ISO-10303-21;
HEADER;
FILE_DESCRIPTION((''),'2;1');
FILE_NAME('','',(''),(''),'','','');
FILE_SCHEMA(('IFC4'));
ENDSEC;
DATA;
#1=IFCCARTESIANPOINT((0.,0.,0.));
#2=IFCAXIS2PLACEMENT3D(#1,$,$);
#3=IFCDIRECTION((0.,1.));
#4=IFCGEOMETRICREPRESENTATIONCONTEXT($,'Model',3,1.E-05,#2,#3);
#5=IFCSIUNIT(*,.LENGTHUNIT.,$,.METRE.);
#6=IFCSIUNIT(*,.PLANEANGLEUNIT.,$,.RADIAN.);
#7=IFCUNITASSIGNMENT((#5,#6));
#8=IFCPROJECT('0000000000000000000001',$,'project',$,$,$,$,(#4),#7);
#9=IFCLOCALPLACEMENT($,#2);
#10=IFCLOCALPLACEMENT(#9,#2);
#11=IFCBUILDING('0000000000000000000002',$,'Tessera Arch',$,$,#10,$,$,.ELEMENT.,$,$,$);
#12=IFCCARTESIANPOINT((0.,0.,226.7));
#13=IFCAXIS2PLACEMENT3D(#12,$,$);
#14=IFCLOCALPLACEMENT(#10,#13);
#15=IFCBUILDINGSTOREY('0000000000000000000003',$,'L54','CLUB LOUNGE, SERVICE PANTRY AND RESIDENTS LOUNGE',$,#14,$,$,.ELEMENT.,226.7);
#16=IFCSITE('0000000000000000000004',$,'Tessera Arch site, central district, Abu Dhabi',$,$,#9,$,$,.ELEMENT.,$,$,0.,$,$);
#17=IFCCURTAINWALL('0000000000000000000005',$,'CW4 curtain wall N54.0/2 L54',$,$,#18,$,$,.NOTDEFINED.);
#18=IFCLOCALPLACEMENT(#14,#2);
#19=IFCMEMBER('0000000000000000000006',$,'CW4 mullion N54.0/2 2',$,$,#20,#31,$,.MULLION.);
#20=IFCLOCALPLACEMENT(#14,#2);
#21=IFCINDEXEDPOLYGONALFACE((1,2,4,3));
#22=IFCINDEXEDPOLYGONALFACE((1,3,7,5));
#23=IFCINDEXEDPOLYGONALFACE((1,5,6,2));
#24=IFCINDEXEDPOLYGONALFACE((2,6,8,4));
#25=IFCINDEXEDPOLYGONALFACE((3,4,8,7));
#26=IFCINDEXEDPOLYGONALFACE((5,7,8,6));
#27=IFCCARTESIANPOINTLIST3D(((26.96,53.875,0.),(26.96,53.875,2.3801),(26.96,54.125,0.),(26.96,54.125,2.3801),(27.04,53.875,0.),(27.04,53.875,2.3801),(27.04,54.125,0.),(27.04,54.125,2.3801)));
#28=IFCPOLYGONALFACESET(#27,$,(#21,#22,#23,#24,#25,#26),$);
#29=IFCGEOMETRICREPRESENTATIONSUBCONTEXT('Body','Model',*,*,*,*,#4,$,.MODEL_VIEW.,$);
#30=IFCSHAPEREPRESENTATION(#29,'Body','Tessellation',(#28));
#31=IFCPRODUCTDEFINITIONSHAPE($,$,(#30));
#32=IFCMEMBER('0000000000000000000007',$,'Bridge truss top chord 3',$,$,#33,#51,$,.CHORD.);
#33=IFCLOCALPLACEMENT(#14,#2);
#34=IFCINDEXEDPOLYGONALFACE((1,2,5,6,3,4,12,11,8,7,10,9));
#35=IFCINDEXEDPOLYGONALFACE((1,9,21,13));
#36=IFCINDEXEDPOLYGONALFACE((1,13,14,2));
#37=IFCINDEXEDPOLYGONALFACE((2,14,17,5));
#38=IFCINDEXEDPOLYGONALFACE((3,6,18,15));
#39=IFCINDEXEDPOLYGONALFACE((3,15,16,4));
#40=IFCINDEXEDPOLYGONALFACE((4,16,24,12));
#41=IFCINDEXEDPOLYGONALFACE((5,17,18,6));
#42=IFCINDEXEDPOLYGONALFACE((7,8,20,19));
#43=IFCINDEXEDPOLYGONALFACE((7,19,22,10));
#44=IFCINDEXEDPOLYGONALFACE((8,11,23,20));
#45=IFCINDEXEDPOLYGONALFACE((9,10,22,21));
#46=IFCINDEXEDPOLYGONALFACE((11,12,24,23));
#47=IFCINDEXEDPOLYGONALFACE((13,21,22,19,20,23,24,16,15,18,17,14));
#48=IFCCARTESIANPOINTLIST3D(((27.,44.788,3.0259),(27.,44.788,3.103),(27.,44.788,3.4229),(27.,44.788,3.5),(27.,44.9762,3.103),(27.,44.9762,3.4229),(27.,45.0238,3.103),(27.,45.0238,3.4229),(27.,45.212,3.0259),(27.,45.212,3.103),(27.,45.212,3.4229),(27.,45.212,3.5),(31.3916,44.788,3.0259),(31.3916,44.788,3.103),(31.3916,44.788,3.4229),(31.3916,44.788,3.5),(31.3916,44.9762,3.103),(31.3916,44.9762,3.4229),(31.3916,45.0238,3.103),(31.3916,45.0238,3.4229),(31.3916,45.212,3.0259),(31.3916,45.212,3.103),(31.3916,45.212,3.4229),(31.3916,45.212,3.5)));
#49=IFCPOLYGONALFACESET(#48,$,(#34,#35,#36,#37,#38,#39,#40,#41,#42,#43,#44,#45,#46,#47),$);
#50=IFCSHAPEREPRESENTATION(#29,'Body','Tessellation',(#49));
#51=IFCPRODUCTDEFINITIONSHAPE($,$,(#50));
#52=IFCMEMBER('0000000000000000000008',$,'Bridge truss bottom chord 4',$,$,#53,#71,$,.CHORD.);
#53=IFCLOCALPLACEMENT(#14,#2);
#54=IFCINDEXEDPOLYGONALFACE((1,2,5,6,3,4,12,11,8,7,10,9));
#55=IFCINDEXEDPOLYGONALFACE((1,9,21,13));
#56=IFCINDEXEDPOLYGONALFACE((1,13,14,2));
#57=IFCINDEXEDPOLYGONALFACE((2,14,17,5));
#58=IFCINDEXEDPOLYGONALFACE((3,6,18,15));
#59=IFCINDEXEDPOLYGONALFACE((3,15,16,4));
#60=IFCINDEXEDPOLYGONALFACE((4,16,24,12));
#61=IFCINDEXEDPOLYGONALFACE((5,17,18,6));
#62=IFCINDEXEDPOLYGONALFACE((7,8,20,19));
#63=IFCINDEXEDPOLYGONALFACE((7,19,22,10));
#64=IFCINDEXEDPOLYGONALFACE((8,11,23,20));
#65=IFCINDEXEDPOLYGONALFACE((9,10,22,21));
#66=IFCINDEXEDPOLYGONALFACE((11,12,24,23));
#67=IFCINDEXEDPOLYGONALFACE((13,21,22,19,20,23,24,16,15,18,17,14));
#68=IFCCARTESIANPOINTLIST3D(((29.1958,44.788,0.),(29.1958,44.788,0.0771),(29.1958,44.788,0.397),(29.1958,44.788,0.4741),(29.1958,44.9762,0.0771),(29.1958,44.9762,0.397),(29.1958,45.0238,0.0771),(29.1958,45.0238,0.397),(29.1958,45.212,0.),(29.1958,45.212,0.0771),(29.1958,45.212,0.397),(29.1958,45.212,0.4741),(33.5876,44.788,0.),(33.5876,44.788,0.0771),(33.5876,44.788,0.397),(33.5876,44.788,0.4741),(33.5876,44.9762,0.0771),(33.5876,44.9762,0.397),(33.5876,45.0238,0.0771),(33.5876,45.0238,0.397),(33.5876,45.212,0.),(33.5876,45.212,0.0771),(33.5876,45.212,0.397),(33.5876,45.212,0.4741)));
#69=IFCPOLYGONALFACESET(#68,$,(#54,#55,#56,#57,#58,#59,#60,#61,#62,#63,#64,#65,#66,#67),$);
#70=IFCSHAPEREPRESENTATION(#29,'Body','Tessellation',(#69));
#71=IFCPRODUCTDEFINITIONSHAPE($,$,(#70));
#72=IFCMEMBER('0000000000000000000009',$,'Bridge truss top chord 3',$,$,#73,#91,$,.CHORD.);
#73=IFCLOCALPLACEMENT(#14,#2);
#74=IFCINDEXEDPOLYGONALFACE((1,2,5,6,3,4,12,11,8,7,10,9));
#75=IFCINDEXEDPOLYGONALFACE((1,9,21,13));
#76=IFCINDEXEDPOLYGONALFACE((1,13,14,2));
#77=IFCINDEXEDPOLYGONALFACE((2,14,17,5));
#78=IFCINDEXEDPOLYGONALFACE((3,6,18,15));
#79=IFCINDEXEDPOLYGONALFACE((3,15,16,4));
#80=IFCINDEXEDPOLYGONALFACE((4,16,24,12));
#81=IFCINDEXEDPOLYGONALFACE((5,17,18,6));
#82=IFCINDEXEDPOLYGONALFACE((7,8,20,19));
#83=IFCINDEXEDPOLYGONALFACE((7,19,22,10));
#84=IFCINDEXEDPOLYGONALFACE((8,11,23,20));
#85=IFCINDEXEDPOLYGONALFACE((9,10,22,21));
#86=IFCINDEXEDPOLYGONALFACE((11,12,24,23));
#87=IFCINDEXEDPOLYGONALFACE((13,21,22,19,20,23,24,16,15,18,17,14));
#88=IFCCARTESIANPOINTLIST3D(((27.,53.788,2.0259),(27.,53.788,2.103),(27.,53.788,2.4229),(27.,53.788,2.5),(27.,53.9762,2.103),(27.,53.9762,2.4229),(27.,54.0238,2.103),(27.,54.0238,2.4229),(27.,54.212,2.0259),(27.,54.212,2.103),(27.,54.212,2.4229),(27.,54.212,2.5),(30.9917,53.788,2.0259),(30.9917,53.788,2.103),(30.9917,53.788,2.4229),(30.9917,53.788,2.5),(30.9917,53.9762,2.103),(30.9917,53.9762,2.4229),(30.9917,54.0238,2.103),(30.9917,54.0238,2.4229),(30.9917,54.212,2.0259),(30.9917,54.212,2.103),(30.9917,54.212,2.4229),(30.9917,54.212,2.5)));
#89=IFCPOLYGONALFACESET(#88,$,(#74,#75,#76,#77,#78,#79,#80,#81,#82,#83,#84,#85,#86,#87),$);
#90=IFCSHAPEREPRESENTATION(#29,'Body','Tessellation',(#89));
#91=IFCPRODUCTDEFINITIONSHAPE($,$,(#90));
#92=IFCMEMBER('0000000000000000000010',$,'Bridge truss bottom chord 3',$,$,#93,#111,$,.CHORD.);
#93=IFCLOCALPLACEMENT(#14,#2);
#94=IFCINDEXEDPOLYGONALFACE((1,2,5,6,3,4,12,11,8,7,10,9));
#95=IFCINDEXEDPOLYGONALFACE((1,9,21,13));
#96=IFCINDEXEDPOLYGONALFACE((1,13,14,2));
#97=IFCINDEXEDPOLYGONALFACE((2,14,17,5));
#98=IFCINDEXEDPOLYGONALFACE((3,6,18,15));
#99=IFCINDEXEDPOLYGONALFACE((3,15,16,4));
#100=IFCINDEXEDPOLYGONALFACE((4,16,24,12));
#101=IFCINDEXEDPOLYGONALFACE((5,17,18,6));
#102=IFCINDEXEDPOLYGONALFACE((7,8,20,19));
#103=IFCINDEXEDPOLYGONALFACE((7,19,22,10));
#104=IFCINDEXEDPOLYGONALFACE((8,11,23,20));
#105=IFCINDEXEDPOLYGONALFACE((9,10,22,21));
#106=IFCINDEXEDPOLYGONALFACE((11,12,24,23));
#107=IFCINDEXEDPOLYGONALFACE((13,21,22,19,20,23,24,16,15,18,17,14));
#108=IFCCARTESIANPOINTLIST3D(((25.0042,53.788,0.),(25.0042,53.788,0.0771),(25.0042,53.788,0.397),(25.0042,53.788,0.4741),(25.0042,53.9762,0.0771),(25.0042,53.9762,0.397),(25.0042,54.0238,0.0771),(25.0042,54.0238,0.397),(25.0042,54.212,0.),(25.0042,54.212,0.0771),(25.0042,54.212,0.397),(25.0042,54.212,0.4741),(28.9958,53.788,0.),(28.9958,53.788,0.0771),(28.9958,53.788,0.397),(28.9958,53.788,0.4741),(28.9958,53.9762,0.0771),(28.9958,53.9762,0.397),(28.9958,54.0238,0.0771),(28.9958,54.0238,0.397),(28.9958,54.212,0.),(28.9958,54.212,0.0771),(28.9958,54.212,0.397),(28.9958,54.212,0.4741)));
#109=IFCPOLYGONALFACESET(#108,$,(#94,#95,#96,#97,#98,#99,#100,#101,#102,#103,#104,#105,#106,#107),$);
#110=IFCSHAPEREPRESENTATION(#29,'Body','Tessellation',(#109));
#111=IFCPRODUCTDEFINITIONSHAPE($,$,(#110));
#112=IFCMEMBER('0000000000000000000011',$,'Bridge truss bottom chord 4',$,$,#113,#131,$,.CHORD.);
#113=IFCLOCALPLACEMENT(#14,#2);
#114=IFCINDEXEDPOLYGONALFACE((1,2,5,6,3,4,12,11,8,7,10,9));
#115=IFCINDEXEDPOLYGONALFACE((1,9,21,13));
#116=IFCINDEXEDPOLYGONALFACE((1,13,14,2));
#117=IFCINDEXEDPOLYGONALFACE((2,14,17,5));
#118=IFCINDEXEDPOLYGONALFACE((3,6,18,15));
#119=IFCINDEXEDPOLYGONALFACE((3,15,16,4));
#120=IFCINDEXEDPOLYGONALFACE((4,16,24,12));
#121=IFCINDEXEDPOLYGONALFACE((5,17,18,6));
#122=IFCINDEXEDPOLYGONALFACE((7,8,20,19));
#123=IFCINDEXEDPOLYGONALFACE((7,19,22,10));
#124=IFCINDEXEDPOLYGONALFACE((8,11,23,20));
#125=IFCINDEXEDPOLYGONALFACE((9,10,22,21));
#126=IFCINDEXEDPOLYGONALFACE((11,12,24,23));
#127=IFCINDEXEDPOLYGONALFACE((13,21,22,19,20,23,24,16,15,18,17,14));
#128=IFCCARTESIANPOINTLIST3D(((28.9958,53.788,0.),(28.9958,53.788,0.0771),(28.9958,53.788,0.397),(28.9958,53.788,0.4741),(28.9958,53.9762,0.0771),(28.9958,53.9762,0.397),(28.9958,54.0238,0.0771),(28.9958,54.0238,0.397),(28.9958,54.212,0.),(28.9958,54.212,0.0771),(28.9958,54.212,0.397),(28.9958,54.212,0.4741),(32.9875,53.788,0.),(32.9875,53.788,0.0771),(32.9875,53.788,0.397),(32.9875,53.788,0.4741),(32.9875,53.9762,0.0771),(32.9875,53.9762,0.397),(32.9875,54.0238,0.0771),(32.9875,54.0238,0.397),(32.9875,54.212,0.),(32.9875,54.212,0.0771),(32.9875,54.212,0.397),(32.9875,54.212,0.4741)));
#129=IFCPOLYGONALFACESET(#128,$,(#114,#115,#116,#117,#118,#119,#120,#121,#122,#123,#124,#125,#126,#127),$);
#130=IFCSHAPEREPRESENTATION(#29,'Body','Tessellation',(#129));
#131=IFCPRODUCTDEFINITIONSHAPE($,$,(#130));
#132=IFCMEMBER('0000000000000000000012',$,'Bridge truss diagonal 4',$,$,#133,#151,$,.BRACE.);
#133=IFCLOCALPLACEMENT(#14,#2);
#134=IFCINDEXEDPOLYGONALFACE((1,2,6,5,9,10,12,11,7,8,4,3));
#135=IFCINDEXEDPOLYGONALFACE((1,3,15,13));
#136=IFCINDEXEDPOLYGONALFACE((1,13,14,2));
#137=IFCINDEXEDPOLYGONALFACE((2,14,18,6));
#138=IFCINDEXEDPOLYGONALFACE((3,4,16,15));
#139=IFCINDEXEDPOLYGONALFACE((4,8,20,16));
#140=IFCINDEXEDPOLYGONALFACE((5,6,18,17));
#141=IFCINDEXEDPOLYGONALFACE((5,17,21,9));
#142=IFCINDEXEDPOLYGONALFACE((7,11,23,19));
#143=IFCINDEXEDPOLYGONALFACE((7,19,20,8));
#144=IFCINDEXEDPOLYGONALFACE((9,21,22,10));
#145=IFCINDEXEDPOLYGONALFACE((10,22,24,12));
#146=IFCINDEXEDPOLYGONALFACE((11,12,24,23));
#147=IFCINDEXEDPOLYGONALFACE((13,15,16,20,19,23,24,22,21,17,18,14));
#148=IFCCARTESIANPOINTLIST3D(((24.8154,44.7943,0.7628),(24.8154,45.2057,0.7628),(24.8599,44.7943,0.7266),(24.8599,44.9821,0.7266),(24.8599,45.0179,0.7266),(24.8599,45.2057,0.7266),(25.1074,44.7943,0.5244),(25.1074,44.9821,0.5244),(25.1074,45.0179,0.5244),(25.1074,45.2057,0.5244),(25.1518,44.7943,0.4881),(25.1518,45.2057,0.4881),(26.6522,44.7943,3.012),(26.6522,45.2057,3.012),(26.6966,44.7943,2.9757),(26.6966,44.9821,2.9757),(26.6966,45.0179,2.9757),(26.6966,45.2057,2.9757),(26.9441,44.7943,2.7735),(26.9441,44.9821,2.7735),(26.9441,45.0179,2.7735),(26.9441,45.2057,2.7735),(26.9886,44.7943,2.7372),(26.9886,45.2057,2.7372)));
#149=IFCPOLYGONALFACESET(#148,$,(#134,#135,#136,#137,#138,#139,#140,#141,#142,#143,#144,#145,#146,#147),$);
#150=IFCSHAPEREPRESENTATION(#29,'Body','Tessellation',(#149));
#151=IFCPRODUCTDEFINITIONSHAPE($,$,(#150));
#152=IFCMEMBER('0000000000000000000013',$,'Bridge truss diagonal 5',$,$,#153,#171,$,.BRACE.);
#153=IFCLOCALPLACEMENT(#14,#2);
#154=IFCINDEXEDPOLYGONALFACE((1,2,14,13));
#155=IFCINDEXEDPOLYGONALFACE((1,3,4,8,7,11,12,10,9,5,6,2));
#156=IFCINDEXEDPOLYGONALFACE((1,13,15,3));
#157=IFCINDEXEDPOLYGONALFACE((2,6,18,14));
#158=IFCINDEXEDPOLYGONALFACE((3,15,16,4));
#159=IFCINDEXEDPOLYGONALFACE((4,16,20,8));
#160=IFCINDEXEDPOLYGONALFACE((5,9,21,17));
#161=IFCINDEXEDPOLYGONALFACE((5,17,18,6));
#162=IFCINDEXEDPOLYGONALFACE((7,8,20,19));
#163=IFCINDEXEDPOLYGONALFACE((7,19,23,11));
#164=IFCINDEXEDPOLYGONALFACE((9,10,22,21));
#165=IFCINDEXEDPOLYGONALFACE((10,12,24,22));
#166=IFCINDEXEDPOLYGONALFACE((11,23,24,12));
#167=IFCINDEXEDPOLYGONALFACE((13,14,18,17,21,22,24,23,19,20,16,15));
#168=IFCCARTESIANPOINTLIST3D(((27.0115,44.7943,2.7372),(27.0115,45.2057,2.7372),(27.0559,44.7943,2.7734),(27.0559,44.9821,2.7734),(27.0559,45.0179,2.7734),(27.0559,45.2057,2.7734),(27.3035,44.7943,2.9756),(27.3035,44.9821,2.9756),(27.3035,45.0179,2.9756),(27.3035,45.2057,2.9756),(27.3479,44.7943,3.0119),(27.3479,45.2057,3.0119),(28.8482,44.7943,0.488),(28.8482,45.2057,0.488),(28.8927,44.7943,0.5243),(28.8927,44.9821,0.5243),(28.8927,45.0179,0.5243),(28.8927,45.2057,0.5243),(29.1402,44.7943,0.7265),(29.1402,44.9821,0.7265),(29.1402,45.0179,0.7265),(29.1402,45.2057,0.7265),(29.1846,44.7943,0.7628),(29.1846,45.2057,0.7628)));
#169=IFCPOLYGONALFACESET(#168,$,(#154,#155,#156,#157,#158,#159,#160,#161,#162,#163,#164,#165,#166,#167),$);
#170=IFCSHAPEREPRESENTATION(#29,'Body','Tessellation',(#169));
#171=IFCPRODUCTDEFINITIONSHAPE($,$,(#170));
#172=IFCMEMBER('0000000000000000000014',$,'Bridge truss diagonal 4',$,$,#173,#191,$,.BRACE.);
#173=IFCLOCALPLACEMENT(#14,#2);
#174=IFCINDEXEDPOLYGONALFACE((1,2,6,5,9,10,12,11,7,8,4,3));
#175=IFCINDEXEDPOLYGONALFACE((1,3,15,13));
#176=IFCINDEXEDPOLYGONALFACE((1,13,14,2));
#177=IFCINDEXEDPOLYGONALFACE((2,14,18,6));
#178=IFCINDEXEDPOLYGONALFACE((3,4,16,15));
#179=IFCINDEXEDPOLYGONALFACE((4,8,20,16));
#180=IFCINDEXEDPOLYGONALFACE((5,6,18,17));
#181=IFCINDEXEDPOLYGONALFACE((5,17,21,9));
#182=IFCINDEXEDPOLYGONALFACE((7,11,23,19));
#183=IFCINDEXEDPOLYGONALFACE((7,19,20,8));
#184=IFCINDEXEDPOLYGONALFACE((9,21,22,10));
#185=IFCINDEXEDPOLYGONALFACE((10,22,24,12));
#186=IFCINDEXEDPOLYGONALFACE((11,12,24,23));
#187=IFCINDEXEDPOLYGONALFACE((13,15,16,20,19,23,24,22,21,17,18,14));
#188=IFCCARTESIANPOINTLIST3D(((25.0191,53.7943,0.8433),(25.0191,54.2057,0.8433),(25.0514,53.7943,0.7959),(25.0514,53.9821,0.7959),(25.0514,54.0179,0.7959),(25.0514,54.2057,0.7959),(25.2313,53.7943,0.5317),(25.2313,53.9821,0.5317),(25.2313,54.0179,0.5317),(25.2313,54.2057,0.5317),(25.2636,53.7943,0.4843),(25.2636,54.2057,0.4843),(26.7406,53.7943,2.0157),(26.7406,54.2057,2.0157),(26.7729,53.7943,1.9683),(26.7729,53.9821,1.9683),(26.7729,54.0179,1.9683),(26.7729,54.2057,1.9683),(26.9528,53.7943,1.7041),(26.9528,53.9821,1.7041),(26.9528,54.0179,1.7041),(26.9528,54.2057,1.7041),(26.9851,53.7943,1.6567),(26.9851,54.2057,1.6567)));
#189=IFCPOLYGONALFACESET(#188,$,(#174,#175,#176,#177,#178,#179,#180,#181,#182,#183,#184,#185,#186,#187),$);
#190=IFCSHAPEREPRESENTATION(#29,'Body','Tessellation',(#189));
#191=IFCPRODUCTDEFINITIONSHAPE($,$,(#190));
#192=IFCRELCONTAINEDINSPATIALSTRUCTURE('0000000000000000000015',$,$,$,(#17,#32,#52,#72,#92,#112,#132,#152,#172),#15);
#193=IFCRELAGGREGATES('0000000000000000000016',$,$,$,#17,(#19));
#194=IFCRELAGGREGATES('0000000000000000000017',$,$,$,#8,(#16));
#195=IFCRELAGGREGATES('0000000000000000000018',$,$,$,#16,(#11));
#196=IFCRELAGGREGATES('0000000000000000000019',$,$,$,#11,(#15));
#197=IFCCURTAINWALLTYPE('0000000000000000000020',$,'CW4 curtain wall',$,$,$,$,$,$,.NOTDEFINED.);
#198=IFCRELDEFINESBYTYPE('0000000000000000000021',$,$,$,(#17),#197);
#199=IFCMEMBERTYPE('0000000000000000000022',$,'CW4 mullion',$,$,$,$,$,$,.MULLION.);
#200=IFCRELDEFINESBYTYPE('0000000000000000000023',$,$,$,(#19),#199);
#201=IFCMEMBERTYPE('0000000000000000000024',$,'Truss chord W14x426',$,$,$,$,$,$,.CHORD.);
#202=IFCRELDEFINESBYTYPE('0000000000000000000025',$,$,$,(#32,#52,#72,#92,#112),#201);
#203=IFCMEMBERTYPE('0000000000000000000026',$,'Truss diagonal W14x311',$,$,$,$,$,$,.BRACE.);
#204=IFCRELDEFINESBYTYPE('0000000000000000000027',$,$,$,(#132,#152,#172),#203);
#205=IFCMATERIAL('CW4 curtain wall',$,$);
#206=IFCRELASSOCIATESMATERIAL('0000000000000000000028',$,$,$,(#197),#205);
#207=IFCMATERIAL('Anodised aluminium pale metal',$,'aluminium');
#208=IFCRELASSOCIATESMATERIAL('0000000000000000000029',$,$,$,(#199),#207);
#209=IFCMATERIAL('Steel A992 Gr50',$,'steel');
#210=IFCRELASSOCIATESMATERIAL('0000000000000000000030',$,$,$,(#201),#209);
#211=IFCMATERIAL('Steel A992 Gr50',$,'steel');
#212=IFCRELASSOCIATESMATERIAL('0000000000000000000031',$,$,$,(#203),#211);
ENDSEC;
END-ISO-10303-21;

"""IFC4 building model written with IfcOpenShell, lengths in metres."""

from ifc_helpers import new_model, si_unit, direction, frame, origin, origin_2d, place, context, subcontext, project, spatial, rectangle, i_section, extrude, material, material_profile, profile_set, type_object, element, aggregate, save


model = new_model("IFC4")

# Units and contexts
model_context = context("Model", 3, precision=1e-05, world=origin(), true_north=direction((0.0, 1.0)))
body_context = subcontext(model_context, "Body", "Model", "MODEL_VIEW")
ifc_project = project(units=[si_unit("LENGTHUNIT", "METRE"), si_unit("PLANEANGLEUNIT", "RADIAN")], contexts=[model_context])

# Site, building, storey
site_placement = place(None, origin())
site = spatial("IfcSite", under=ifc_project, at=site_placement, Name="Tessera Arch site, central district, Abu Dhabi", CompositionType="ELEMENT", RefElevation=0.0)
building_placement = place(site_placement, origin())
building = spatial("IfcBuilding", under=site, at=building_placement, Name="Tessera Arch", CompositionType="ELEMENT")
storey_placement = place(building_placement, frame((0.0, 0.0, 226.7)))
storey = spatial("IfcBuildingStorey", under=building, at=storey_placement, Name="L54", Description="CLUB LOUNGE, SERVICE PANTRY AND RESIDENTS LOUNGE", CompositionType="ELEMENT", Elevation=226.7)

# Curtain wall, member
ifc_material_1 = material(Name="CW4 curtain wall")
curtain_wall_type = type_object("IfcCurtainWallType", Name="CW4 curtain wall", PredefinedType="NOTDEFINED", material=ifc_material_1)
curtain_wall_placement = place(storey_placement, origin())
curtain_wall = element("IfcCurtainWall", 1, at=curtain_wall_placement, inside=storey, type_object=curtain_wall_type, Name="CW4 curtain wall N54.0/2 L54", PredefinedType="NOTDEFINED")
ifc_material_2 = material(Name="Anodised aluminium pale metal", Category="aluminium")
ifc_material_profile_1 = material_profile(ifc_material_2, rectangle(XDim=0.25, YDim=0.0801, at=origin_2d()), Name="AL 80x250")
ifc_profile_set_1 = profile_set([ifc_material_profile_1], Name="Anodised aluminium pale metal")
member_type_1 = type_object("IfcMemberType", Name="CW4 mullion", PredefinedType="MULLION", material=ifc_profile_set_1)
member_1_placement = place(storey_placement, frame((27.0, 54.0, 0.0), z_axis=(0.0, 0.0, 1.0), x_axis=(0.0, -1.0, 0.0)))
member_1 = element("IfcMember", 2, at=member_1_placement, type_object=member_type_1, Name="CW4 mullion N54.0/2 2", PredefinedType="MULLION", context=body_context, shape_type="SweptSolid", body=[
    extrude(rectangle(XDim=0.25, YDim=0.0801, at=origin_2d()), origin(), (0.0, 0.0, 1.0), 2.3801),
])

# Members
ifc_material_3 = material(Name="Steel A992 Gr50", Category="steel")
ifc_material_profile_2 = material_profile(ifc_material_3, i_section(OverallWidth=0.4241, OverallDepth=0.4741, WebThickness=0.0476, FlangeThickness=0.0771, at=origin_2d()), Name="W14x426")
ifc_profile_set_2 = profile_set([ifc_material_profile_2], Name="Steel A992 Gr50")
member_type_2 = type_object("IfcMemberType", Name="Truss chord W14x426", PredefinedType="CHORD", material=ifc_profile_set_2)
member_2_placement = place(storey_placement, frame((27.0, 45.0, 3.2629), z_axis=(1.0, 0.0, 0.0), x_axis=(0.0, 1.0, 0.0)))
element("IfcMember", 3, at=member_2_placement, inside=storey, type_object=member_type_2, Name="Bridge truss top chord 3", PredefinedType="CHORD", context=body_context, shape_type="SweptSolid", body=[
    extrude(i_section(OverallWidth=0.4241, OverallDepth=0.4741, WebThickness=0.0476, FlangeThickness=0.0771, at=origin_2d()), origin(), (0.0, 0.0, 1.0), 4.3916),
])
member_3_placement = place(storey_placement, frame((29.1958, 45.0, 0.2371), z_axis=(1.0, 0.0, 0.0), x_axis=(0.0, 1.0, 0.0)))
element("IfcMember", 4, at=member_3_placement, inside=storey, type_object=member_type_2, Name="Bridge truss bottom chord 4", PredefinedType="CHORD", context=body_context, shape_type="SweptSolid", body=[
    extrude(i_section(OverallWidth=0.4241, OverallDepth=0.4741, WebThickness=0.0476, FlangeThickness=0.0771, at=origin_2d()), origin(), (0.0, 0.0, 1.0), 4.3918),
])
for number, where, z_axis, x_axis, name in (
    (5, (27.0, 54.0, 2.2629), (1.0, 0.0, 0.0), (0.0, 1.0, 0.0), "Bridge truss top chord 3"),
    (6, (25.0042, 54.0, 0.2371), (1.0, 0.0, 0.0), (0.0, 1.0, 0.0), "Bridge truss bottom chord 3"),
    (7, (28.9958, 54.0, 0.2371), (1.0, 0.0, 0.0), (0.0, 1.0, 0.0), "Bridge truss bottom chord 4"),
):
    element("IfcMember", number, at=place(storey_placement, frame(where, z_axis=z_axis, x_axis=x_axis)), inside=storey, type_object=member_type_2, Name=name, PredefinedType="CHORD", context=body_context, shape_type="SweptSolid", body=[
        extrude(i_section(OverallWidth=0.4241, OverallDepth=0.4741, WebThickness=0.0476, FlangeThickness=0.0771, at=origin_2d()), origin(), (0.0, 0.0, 1.0), 3.9917),
    ])
ifc_material_4 = material(Name="Steel A992 Gr50", Category="steel")
ifc_material_profile_3 = material_profile(ifc_material_4, i_section(OverallWidth=0.4114, OverallDepth=0.4343, WebThickness=0.0359, FlangeThickness=0.0574, at=origin_2d()), Name="W14x311")
ifc_profile_set_3 = profile_set([ifc_material_profile_3], Name="Steel A992 Gr50")
member_type_3 = type_object("IfcMemberType", Name="Truss diagonal W14x311", PredefinedType="BRACE", material=ifc_profile_set_3)
for number, where, z_axis, x_axis, name in (
    (8, (24.9836, 45.0, 0.6255), (0.632528, 0.0, 0.774538), (0.0, 1.0, 0.0), "Bridge truss diagonal 4"),
    (9, (27.1797, 45.0, 2.8745), (0.632528, 0.0, -0.774538), (0.0, 1.0, 0.0), "Bridge truss diagonal 5"),
):
    element("IfcMember", number, at=place(storey_placement, frame(where, z_axis=z_axis, x_axis=x_axis)), inside=storey, type_object=member_type_3, Name=name, PredefinedType="BRACE", context=body_context, shape_type="SweptSolid", body=[
        extrude(i_section(OverallWidth=0.4114, OverallDepth=0.4343, WebThickness=0.0359, FlangeThickness=0.0574, at=origin_2d()), origin(), (0.0, 0.0, 1.0), 2.9038),
    ])
for number, where, z_axis, x_axis, name in (
    (10, (25.1414, 54.0, 0.6638), (0.826527, 0.0, 0.562897), (0.0, 1.0, 0.0), "Bridge truss diagonal 4"),
):
    element("IfcMember", number, at=place(storey_placement, frame(where, z_axis=z_axis, x_axis=x_axis)), inside=storey, type_object=member_type_3, Name=name, PredefinedType="BRACE", context=body_context, shape_type="SweptSolid", body=[
        extrude(i_section(OverallWidth=0.4114, OverallDepth=0.4343, WebThickness=0.0359, FlangeThickness=0.0574, at=origin_2d()), origin(), (0.0, 0.0, 1.0), 2.0828),
    ])

aggregate(curtain_wall, [member_1])

save(model, "model.ifc")
